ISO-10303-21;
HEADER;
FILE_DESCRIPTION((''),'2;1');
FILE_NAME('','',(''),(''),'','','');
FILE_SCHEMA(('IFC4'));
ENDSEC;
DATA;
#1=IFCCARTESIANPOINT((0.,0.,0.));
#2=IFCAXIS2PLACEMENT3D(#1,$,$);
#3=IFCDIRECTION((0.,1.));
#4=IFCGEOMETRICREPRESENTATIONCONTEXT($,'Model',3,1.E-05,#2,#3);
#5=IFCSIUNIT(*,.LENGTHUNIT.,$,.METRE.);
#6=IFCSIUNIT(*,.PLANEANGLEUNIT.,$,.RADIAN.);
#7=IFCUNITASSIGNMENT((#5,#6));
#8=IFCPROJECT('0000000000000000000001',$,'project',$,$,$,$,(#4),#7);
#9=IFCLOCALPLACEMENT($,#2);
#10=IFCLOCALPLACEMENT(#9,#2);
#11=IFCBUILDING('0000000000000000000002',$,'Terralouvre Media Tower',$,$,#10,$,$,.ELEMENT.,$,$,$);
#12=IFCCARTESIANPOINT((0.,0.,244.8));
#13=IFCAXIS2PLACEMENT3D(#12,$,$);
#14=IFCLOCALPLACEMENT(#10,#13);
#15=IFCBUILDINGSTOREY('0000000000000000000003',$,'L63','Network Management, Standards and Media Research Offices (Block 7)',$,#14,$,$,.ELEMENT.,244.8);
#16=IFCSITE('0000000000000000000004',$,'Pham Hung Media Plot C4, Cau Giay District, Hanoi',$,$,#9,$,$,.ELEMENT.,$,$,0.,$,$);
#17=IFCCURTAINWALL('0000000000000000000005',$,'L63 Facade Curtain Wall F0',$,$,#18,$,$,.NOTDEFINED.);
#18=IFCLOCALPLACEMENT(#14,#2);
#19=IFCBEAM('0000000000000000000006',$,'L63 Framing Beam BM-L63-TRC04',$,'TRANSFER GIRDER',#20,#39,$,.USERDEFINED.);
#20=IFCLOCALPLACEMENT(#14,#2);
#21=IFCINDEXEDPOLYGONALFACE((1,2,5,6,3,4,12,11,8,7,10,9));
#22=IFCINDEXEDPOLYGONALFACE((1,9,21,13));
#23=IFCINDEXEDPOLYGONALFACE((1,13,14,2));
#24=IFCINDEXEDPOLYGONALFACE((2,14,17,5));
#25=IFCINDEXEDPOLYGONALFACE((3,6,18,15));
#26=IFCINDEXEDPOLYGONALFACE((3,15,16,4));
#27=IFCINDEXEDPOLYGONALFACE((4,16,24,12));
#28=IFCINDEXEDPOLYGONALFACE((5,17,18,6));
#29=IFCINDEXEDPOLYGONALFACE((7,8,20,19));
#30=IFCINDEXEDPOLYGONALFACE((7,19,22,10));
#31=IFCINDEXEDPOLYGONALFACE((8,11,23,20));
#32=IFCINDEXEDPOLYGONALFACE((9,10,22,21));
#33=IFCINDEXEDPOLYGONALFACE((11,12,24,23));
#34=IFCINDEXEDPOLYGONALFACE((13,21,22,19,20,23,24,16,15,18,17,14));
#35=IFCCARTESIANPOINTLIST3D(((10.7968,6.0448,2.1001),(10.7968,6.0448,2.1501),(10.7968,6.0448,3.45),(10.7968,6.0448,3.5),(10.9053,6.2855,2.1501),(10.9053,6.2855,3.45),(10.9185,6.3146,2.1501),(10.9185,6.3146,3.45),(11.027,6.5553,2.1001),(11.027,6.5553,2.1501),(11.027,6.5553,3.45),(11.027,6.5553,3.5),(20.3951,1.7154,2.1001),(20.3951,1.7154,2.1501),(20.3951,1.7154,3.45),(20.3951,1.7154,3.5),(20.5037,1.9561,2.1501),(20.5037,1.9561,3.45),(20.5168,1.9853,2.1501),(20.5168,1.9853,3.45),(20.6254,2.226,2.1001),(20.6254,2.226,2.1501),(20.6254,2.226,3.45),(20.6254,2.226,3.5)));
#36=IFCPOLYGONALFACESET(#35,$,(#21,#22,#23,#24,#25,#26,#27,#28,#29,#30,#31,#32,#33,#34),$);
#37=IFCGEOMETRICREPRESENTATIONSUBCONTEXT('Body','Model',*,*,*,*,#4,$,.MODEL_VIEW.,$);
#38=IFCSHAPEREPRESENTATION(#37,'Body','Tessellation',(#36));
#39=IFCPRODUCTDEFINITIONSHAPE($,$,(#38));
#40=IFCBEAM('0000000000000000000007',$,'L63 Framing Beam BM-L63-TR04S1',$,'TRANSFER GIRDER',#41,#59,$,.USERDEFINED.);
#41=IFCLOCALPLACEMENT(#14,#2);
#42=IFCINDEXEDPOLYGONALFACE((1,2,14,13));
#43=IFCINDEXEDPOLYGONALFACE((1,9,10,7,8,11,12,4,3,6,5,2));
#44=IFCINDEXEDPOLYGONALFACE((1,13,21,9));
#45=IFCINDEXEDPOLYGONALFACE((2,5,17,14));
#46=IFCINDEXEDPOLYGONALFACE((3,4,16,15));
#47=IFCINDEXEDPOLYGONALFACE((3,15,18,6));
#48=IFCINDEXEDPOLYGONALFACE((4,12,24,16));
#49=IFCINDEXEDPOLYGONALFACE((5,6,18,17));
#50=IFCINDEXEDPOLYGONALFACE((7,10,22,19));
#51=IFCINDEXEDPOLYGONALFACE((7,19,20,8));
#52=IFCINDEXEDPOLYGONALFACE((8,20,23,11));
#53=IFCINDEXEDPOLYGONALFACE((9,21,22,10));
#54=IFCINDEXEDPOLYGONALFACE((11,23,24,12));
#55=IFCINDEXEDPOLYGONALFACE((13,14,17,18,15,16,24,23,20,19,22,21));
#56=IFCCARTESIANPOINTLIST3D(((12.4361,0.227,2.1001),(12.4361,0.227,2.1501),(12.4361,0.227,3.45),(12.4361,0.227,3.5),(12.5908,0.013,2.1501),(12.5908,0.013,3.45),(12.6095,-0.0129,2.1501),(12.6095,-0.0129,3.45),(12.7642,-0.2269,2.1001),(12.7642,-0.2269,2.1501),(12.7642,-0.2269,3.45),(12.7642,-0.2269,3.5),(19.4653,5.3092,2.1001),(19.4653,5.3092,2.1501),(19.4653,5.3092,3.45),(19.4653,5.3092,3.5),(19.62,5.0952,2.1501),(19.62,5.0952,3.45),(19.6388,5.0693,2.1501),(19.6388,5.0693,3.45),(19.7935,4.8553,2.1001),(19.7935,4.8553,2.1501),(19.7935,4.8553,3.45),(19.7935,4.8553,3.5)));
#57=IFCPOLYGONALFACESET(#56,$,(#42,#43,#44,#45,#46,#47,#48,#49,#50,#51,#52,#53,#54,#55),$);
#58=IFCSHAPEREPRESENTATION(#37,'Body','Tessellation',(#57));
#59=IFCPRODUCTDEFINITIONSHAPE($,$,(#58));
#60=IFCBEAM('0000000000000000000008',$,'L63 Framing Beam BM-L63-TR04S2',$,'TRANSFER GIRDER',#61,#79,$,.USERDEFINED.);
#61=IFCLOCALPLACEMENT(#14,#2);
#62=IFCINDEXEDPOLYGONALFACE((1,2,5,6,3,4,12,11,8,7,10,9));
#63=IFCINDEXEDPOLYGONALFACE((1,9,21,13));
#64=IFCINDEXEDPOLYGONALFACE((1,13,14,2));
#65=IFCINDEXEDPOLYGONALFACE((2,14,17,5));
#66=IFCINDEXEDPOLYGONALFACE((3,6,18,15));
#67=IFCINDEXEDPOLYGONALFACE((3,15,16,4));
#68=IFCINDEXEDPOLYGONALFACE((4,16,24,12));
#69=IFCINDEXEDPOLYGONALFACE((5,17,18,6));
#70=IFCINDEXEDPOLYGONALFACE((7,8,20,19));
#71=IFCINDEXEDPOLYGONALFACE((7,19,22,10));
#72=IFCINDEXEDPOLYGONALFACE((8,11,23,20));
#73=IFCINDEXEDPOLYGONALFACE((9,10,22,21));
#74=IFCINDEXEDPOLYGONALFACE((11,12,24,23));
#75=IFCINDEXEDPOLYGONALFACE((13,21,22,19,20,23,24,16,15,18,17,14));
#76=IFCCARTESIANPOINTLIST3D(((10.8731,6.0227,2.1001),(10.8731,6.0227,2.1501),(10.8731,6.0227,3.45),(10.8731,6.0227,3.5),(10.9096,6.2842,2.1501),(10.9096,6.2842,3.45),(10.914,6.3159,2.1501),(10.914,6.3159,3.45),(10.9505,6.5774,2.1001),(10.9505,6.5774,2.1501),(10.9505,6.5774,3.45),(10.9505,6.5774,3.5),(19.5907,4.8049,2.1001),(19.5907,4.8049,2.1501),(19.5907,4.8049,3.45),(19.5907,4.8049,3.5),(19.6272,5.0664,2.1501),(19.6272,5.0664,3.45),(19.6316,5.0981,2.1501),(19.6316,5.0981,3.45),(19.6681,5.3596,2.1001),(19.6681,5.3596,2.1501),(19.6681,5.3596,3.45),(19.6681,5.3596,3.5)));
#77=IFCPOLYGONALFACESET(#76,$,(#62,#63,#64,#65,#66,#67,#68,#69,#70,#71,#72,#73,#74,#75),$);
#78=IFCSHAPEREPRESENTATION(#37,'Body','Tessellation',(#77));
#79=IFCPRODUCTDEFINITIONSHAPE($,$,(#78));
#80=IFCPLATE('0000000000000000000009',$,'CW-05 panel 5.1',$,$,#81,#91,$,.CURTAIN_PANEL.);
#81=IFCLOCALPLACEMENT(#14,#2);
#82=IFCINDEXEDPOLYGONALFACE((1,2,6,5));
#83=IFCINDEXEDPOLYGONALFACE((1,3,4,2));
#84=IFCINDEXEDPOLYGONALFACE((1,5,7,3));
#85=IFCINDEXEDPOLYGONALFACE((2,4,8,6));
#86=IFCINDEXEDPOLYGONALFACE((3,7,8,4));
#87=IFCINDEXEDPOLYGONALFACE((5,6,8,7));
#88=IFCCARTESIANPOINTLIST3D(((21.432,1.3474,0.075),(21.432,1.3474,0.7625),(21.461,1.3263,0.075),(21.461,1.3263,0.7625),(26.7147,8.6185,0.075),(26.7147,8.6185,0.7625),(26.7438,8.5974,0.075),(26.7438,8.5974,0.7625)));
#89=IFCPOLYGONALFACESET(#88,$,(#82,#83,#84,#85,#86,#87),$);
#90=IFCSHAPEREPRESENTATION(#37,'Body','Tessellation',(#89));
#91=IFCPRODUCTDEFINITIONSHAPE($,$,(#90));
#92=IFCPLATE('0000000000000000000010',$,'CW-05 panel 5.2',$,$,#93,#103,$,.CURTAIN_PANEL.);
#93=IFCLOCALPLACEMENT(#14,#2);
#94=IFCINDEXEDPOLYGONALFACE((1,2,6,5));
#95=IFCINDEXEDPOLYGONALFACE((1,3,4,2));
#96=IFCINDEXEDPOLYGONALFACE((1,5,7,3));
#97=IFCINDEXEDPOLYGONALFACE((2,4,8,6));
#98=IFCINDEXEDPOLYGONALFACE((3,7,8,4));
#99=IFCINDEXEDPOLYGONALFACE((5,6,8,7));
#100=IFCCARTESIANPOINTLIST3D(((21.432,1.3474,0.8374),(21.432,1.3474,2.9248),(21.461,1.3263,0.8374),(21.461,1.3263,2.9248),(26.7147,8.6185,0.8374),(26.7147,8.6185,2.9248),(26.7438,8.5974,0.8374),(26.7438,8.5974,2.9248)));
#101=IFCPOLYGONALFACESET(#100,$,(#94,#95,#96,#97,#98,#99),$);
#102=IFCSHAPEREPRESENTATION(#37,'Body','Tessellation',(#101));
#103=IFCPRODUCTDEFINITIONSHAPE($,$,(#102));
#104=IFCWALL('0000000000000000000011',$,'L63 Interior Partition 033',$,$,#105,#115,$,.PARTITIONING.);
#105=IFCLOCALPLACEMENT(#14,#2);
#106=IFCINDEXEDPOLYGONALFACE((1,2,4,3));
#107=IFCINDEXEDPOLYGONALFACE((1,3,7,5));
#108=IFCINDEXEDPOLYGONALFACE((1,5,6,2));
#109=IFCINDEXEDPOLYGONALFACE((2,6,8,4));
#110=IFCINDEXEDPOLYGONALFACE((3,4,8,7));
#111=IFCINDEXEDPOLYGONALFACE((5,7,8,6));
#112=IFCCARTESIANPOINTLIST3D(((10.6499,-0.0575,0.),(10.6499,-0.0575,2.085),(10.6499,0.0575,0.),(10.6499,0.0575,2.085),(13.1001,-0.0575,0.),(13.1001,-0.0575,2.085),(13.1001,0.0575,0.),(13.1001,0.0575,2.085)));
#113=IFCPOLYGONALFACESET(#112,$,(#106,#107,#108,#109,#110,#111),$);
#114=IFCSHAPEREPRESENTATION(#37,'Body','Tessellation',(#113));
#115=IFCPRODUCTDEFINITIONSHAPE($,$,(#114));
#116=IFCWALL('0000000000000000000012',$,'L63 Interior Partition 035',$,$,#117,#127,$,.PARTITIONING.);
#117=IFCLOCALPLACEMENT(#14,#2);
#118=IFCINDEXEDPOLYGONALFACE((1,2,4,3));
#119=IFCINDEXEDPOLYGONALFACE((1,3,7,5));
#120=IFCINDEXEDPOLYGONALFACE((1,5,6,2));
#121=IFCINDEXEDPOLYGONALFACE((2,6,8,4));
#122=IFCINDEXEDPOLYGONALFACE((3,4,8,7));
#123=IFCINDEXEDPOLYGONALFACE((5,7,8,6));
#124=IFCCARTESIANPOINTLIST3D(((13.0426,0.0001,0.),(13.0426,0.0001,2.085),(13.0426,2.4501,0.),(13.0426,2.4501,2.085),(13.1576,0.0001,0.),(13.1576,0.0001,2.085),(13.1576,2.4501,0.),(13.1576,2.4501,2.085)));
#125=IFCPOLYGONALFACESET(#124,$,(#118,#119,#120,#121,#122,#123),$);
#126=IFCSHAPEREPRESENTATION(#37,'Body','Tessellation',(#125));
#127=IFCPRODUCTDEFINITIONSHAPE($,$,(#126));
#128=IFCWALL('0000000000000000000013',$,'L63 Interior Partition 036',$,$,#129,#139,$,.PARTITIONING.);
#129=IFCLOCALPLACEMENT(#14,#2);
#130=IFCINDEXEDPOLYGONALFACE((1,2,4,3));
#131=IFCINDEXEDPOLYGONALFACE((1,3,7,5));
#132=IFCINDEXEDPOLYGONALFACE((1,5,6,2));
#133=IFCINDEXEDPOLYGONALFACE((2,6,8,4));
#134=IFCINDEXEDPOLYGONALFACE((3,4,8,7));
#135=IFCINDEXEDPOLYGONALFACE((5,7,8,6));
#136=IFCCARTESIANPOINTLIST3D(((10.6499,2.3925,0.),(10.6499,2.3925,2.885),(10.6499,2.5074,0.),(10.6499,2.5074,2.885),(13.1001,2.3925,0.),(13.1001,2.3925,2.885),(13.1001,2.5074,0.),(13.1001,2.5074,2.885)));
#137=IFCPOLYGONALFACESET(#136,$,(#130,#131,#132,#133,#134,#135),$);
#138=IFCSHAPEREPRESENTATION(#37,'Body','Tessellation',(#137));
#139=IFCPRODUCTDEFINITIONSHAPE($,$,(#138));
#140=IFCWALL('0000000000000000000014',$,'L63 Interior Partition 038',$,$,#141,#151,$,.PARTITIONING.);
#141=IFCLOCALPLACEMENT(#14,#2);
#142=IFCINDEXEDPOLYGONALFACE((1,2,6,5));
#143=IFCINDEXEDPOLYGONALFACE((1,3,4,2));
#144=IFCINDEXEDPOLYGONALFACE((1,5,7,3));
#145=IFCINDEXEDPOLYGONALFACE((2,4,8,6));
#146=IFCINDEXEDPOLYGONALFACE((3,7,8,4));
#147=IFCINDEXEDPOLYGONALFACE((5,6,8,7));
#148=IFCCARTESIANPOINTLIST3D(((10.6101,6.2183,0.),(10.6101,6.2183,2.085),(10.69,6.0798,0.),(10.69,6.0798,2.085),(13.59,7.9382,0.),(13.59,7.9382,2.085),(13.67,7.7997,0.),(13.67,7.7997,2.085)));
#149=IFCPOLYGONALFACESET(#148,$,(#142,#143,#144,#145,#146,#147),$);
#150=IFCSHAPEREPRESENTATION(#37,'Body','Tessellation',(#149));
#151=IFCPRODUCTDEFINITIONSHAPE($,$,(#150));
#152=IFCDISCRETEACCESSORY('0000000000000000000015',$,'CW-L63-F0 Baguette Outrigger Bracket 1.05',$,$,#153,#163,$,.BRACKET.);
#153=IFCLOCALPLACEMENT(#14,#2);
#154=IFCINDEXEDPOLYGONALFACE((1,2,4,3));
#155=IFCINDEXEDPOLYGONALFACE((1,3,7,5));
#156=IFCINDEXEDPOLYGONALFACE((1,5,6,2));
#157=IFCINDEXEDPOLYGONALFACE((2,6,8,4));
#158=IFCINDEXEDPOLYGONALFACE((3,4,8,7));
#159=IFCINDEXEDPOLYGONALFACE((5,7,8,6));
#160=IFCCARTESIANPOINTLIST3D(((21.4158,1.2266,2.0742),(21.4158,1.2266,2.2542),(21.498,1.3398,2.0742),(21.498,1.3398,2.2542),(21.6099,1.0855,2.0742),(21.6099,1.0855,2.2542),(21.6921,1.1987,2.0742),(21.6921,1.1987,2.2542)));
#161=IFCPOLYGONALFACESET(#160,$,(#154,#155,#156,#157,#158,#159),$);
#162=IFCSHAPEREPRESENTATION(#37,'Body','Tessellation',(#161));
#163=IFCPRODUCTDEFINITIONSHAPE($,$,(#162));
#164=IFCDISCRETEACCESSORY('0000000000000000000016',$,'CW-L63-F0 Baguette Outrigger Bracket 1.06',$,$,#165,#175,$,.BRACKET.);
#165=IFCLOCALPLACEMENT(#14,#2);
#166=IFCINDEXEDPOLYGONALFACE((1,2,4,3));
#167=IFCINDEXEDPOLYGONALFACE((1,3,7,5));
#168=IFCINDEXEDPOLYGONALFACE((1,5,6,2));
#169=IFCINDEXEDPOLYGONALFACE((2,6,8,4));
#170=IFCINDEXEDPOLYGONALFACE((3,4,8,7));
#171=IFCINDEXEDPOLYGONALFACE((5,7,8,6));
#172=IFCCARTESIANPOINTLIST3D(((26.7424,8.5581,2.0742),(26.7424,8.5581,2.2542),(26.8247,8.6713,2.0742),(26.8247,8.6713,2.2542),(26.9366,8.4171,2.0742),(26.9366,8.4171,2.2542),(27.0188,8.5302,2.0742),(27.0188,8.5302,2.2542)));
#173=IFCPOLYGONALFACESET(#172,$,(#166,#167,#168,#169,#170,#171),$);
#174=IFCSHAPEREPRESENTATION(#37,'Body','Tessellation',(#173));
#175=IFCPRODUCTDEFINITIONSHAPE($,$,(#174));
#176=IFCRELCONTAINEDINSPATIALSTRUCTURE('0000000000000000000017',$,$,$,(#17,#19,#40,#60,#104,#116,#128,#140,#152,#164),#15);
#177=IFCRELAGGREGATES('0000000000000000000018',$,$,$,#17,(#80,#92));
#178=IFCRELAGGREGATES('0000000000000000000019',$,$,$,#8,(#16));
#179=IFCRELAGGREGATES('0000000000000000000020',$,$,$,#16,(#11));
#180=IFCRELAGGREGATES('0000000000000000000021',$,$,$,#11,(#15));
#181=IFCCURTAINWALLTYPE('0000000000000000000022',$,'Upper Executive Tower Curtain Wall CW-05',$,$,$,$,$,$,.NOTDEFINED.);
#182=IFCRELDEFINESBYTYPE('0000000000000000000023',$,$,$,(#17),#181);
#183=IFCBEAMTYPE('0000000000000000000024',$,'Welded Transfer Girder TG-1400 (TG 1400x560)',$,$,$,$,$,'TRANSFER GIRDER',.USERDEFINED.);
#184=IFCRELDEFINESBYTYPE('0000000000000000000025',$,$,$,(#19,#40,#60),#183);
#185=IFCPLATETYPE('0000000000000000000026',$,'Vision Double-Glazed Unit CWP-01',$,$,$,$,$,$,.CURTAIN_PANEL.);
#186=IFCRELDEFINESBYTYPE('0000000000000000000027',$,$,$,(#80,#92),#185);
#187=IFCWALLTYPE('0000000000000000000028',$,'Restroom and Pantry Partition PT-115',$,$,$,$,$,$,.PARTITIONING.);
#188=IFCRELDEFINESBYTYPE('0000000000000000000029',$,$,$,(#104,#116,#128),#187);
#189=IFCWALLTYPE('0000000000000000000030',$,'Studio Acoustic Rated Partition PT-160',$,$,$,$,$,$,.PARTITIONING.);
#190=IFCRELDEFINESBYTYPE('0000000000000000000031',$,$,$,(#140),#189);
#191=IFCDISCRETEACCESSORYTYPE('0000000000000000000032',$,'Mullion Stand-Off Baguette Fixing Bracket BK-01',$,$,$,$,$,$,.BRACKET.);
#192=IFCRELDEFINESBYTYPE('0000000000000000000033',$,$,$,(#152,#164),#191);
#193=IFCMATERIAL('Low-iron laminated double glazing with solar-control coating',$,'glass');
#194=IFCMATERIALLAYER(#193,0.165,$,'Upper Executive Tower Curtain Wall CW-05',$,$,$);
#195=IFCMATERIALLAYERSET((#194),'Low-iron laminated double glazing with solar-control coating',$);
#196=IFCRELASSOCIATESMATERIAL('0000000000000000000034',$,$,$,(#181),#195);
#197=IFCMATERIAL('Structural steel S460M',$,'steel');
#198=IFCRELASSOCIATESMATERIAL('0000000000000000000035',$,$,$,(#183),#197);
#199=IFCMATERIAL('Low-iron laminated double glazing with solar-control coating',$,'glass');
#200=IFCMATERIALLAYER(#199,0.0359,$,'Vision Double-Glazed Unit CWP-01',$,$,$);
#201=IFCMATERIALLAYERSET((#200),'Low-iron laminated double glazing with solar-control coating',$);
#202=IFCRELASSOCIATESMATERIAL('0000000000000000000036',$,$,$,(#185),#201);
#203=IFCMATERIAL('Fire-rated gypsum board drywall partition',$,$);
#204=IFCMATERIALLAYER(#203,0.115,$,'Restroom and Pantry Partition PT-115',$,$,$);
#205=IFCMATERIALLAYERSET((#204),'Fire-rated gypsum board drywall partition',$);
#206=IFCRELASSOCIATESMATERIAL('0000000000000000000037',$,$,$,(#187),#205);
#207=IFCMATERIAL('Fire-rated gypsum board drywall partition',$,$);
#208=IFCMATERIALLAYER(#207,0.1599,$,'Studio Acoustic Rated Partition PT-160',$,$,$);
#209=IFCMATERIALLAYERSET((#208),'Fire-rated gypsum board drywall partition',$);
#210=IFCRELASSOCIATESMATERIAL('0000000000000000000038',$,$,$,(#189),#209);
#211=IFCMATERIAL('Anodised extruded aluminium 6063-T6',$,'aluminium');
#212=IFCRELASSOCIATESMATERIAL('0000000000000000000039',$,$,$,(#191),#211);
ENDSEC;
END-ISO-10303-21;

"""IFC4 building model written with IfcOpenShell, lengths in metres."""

from ifc_helpers import new_model, si_unit, direction, frame, frame_2d, origin, origin_2d, place, context, subcontext, project, spatial, rectangle, i_section, extrude, material, layer, layer_set, material_profile, profile_set, type_object, element, aggregate, save


model = new_model("IFC4")

# Units and contexts
model_context = context("Model", 3, precision=1e-05, world=origin(), true_north=direction((0.0, 1.0)))
body_context = subcontext(model_context, "Body", "Model", "MODEL_VIEW")
ifc_project = project(units=[si_unit("LENGTHUNIT", "METRE"), si_unit("PLANEANGLEUNIT", "RADIAN")], contexts=[model_context])

# Site, building, storey
site_placement = place(None, origin())
site = spatial("IfcSite", under=ifc_project, at=site_placement, Name="Pham Hung Media Plot C4, Cau Giay District, Hanoi", CompositionType="ELEMENT", RefElevation=0.0)
building_placement = place(site_placement, origin())
building = spatial("IfcBuilding", under=site, at=building_placement, Name="Terralouvre Media Tower", CompositionType="ELEMENT")
storey_placement = place(building_placement, frame((0.0, 0.0, 244.8)))
storey = spatial("IfcBuildingStorey", under=building, at=storey_placement, Name="L63", Description="Network Management, Standards and Media Research Offices (Block 7)", CompositionType="ELEMENT", Elevation=244.8)

# Curtain wall
ifc_material_1 = material(Name="Low-iron laminated double glazing with solar-control coating", Category="glass")
ifc_layer_1 = layer(ifc_material_1, 0.165, Name="Upper Executive Tower Curtain Wall CW-05")
ifc_layer_set_1 = layer_set([ifc_layer_1], Name="Low-iron laminated double glazing with solar-control coating")
curtain_wall_type_1 = type_object("IfcCurtainWallType", Name="Upper Executive Tower Curtain Wall CW-05", PredefinedType="NOTDEFINED", material=ifc_layer_set_1)
curtain_wall_1_placement = place(storey_placement, origin())
curtain_wall_1 = element("IfcCurtainWall", 1, at=curtain_wall_1_placement, inside=storey, type_object=curtain_wall_type_1, Name="L63 Facade Curtain Wall F0", PredefinedType="NOTDEFINED")

# Beams
ifc_material_2 = material(Name="Structural steel S460M", Category="steel")
ifc_material_profile_1 = material_profile(ifc_material_2, i_section(OverallWidth=0.5601, OverallDepth=1.3999, WebThickness=0.032, FlangeThickness=0.05, at=origin_2d()), Name="TG 1400x560")
ifc_profile_set_1 = profile_set([ifc_material_profile_1], Name="Structural steel S460M")
beam_type_1 = type_object("IfcBeamType", Name="Welded Transfer Girder TG-1400 (TG 1400x560)", ElementType="TRANSFER GIRDER", PredefinedType="USERDEFINED", material=ifc_profile_set_1)
beam_1_placement = place(storey_placement, frame((20.5103, 1.9707, 2.8), z_axis=(-0.911563, 0.41116, 0.0), x_axis=(-0.41116, -0.911563, 0.0)))
element("IfcBeam", 2, at=beam_1_placement, inside=storey, type_object=beam_type_1, Name="L63 Framing Beam BM-L63-TRC04", ObjectType="TRANSFER GIRDER", PredefinedType="USERDEFINED", context=body_context, shape_type="SweptSolid", body=[
    extrude(i_section(OverallWidth=0.5601, OverallDepth=1.3999, WebThickness=0.032, FlangeThickness=0.05, at=origin_2d()), origin(), (0.0, 0.0, 1.0), 10.5295),
])
beam_2_placement = place(storey_placement, frame((19.6294, 5.0823, 2.8), z_axis=(-0.810375, -0.585912, 0.0), x_axis=(0.585912, -0.810375, 0.0)))
element("IfcBeam", 3, at=beam_2_placement, inside=storey, type_object=beam_type_1, Name="L63 Framing Beam BM-L63-TR04S1", ObjectType="TRANSFER GIRDER", PredefinedType="USERDEFINED", context=body_context, shape_type="SweptSolid", body=[
    extrude(i_section(OverallWidth=0.5601, OverallDepth=1.3999, WebThickness=0.032, FlangeThickness=0.05, at=origin_2d()), origin(), (0.0, 0.0, 1.0), 8.6741),
])
beam_3_placement = place(storey_placement, frame((19.6294, 5.0823, 2.8), z_axis=(-0.990384, 0.138349, 0.0), x_axis=(-0.138349, -0.990384, 0.0)))
element("IfcBeam", 4, at=beam_3_placement, inside=storey, type_object=beam_type_1, Name="L63 Framing Beam BM-L63-TR04S2", ObjectType="TRANSFER GIRDER", PredefinedType="USERDEFINED", context=body_context, shape_type="SweptSolid", body=[
    extrude(i_section(OverallWidth=0.5601, OverallDepth=1.3999, WebThickness=0.032, FlangeThickness=0.05, at=origin_2d()), origin(), (0.0, 0.0, 1.0), 8.8022),
])

# Plates
ifc_material_3 = material(Name="Low-iron laminated double glazing with solar-control coating", Category="glass")
ifc_layer_2 = layer(ifc_material_3, 0.0359, Name="Vision Double-Glazed Unit CWP-01")
ifc_layer_set_2 = layer_set([ifc_layer_2], Name="Low-iron laminated double glazing with solar-control coating")
plate_type = type_object("IfcPlateType", Name="Vision Double-Glazed Unit CWP-01", PredefinedType="CURTAIN_PANEL", material=ifc_layer_set_2)
plate_1_placement = place(storey_placement, frame((24.0879, 4.9724, 0.075), z_axis=(0.0, 0.0, 1.0), x_axis=(0.587785, 0.809017, 0.0)))
plate_1 = element("IfcPlate", 5, at=plate_1_placement, type_object=plate_type, Name="CW-05 panel 5.1", PredefinedType="CURTAIN_PANEL", context=body_context, shape_type="SweptSolid", body=[
    extrude(rectangle(XDim=8.9875, YDim=0.0359, at=origin_2d()), origin(), (0.0, 0.0, 1.0), 0.6875),
])
plate_2_placement = place(storey_placement, frame((24.0879, 4.9724, 0.8374), z_axis=(0.0, 0.0, 1.0), x_axis=(0.587785, 0.809017, 0.0)))
plate_2 = element("IfcPlate", 6, at=plate_2_placement, type_object=plate_type, Name="CW-05 panel 5.2", PredefinedType="CURTAIN_PANEL", context=body_context, shape_type="SweptSolid", body=[
    extrude(rectangle(XDim=8.9875, YDim=0.0359, at=origin_2d()), origin(), (0.0, 0.0, 1.0), 2.0874),
])
aggregate(curtain_wall_1, [plate_1, plate_2])

# Walls
ifc_material_4 = material(Name="Fire-rated gypsum board drywall partition")
ifc_layer_3 = layer(ifc_material_4, 0.115, Name="Restroom and Pantry Partition PT-115")
ifc_layer_set_3 = layer_set([ifc_layer_3], Name="Fire-rated gypsum board drywall partition")
wall_type_1 = type_object("IfcWallType", Name="Restroom and Pantry Partition PT-115", PredefinedType="PARTITIONING", material=ifc_layer_set_3)
wall_1_placement = place(storey_placement, frame((13.1001, 0.0, 0.0), z_axis=(0.0, 0.0, 1.0), x_axis=(-1.0, 0.0, 0.0)))
element("IfcWall", 7, at=wall_1_placement, inside=storey, type_object=wall_type_1, Name="L63 Interior Partition 033", PredefinedType="PARTITIONING", context=body_context, shape_type="SweptSolid", body=[
    extrude(rectangle(XDim=2.4502, YDim=0.115, at=frame_2d((1.2251, 0.0))), origin(), (0.0, 0.0, 1.0), 2.085),
])
wall_2_placement = place(storey_placement, frame((13.1001, 0.0, 0.0), z_axis=(0.0, 0.0, 1.0), x_axis=(0.0, 1.0, 0.0)))
element("IfcWall", 8, at=wall_2_placement, inside=storey, type_object=wall_type_1, Name="L63 Interior Partition 035", PredefinedType="PARTITIONING", context=body_context, shape_type="SweptSolid", body=[
    extrude(rectangle(XDim=2.45, YDim=0.115, at=frame_2d((1.2251, 0.0))), origin(), (0.0, 0.0, 1.0), 2.085),
])
wall_3_placement = place(storey_placement, frame((13.1001, 2.45, 0.0), z_axis=(0.0, 0.0, 1.0), x_axis=(-1.0, 0.0, 0.0)))
element("IfcWall", 9, at=wall_3_placement, inside=storey, type_object=wall_type_1, Name="L63 Interior Partition 036", PredefinedType="PARTITIONING", context=body_context, shape_type="SweptSolid", body=[
    extrude(rectangle(XDim=2.4502, YDim=0.115, at=frame_2d((1.2251, 0.0))), origin(), (0.0, 0.0, 1.0), 2.885),
])
ifc_material_5 = material(Name="Fire-rated gypsum board drywall partition")
ifc_layer_4 = layer(ifc_material_5, 0.1599, Name="Studio Acoustic Rated Partition PT-160")
ifc_layer_set_4 = layer_set([ifc_layer_4], Name="Fire-rated gypsum board drywall partition")
wall_type_2 = type_object("IfcWallType", Name="Studio Acoustic Rated Partition PT-160", PredefinedType="PARTITIONING", material=ifc_layer_set_4)
wall_4_placement = place(storey_placement, frame((13.6299, 7.8689, 0.0), z_axis=(0.0, 0.0, 1.0), x_axis=(-0.866091, -0.499886, 0.0)))
element("IfcWall", 10, at=wall_4_placement, inside=storey, type_object=wall_type_2, Name="L63 Interior Partition 038", PredefinedType="PARTITIONING", context=body_context, shape_type="SweptSolid", body=[
    extrude(rectangle(XDim=3.4407, YDim=0.1599, at=frame_2d((1.7202, 0.0))), origin(), (0.0, 0.0, 1.0), 2.085),
])

# Discrete accessories
ifc_material_6 = material(Name="Anodised extruded aluminium 6063-T6", Category="aluminium")
discrete_accessory_type = type_object("IfcDiscreteAccessoryType", Name="Mullion Stand-Off Baguette Fixing Bracket BK-01", PredefinedType="BRACKET", material=ifc_material_6)
for number, where, z_axis, x_axis, name in (
    (11, (21.554, 1.2126, 2.0742), (0.0, 0.0, 1.0), (0.587785, 0.809017, 0.0), "CW-L63-F0 Baguette Outrigger Bracket 1.05"),
    (12, (26.8806, 8.5442, 2.0742), (0.0, 0.0, 1.0), (0.587785, 0.809017, 0.0), "CW-L63-F0 Baguette Outrigger Bracket 1.06"),
):
    element("IfcDiscreteAccessory", number, at=place(storey_placement, frame(where, z_axis=z_axis, x_axis=x_axis)), inside=storey, type_object=discrete_accessory_type, Name=name, PredefinedType="BRACKET", context=body_context, shape_type="SweptSolid", body=[
        extrude(rectangle(XDim=0.1399, YDim=0.24, at=origin_2d()), origin(), (0.0, 0.0, 1.0), 0.1799),
    ])

save(model, "model.ifc")
